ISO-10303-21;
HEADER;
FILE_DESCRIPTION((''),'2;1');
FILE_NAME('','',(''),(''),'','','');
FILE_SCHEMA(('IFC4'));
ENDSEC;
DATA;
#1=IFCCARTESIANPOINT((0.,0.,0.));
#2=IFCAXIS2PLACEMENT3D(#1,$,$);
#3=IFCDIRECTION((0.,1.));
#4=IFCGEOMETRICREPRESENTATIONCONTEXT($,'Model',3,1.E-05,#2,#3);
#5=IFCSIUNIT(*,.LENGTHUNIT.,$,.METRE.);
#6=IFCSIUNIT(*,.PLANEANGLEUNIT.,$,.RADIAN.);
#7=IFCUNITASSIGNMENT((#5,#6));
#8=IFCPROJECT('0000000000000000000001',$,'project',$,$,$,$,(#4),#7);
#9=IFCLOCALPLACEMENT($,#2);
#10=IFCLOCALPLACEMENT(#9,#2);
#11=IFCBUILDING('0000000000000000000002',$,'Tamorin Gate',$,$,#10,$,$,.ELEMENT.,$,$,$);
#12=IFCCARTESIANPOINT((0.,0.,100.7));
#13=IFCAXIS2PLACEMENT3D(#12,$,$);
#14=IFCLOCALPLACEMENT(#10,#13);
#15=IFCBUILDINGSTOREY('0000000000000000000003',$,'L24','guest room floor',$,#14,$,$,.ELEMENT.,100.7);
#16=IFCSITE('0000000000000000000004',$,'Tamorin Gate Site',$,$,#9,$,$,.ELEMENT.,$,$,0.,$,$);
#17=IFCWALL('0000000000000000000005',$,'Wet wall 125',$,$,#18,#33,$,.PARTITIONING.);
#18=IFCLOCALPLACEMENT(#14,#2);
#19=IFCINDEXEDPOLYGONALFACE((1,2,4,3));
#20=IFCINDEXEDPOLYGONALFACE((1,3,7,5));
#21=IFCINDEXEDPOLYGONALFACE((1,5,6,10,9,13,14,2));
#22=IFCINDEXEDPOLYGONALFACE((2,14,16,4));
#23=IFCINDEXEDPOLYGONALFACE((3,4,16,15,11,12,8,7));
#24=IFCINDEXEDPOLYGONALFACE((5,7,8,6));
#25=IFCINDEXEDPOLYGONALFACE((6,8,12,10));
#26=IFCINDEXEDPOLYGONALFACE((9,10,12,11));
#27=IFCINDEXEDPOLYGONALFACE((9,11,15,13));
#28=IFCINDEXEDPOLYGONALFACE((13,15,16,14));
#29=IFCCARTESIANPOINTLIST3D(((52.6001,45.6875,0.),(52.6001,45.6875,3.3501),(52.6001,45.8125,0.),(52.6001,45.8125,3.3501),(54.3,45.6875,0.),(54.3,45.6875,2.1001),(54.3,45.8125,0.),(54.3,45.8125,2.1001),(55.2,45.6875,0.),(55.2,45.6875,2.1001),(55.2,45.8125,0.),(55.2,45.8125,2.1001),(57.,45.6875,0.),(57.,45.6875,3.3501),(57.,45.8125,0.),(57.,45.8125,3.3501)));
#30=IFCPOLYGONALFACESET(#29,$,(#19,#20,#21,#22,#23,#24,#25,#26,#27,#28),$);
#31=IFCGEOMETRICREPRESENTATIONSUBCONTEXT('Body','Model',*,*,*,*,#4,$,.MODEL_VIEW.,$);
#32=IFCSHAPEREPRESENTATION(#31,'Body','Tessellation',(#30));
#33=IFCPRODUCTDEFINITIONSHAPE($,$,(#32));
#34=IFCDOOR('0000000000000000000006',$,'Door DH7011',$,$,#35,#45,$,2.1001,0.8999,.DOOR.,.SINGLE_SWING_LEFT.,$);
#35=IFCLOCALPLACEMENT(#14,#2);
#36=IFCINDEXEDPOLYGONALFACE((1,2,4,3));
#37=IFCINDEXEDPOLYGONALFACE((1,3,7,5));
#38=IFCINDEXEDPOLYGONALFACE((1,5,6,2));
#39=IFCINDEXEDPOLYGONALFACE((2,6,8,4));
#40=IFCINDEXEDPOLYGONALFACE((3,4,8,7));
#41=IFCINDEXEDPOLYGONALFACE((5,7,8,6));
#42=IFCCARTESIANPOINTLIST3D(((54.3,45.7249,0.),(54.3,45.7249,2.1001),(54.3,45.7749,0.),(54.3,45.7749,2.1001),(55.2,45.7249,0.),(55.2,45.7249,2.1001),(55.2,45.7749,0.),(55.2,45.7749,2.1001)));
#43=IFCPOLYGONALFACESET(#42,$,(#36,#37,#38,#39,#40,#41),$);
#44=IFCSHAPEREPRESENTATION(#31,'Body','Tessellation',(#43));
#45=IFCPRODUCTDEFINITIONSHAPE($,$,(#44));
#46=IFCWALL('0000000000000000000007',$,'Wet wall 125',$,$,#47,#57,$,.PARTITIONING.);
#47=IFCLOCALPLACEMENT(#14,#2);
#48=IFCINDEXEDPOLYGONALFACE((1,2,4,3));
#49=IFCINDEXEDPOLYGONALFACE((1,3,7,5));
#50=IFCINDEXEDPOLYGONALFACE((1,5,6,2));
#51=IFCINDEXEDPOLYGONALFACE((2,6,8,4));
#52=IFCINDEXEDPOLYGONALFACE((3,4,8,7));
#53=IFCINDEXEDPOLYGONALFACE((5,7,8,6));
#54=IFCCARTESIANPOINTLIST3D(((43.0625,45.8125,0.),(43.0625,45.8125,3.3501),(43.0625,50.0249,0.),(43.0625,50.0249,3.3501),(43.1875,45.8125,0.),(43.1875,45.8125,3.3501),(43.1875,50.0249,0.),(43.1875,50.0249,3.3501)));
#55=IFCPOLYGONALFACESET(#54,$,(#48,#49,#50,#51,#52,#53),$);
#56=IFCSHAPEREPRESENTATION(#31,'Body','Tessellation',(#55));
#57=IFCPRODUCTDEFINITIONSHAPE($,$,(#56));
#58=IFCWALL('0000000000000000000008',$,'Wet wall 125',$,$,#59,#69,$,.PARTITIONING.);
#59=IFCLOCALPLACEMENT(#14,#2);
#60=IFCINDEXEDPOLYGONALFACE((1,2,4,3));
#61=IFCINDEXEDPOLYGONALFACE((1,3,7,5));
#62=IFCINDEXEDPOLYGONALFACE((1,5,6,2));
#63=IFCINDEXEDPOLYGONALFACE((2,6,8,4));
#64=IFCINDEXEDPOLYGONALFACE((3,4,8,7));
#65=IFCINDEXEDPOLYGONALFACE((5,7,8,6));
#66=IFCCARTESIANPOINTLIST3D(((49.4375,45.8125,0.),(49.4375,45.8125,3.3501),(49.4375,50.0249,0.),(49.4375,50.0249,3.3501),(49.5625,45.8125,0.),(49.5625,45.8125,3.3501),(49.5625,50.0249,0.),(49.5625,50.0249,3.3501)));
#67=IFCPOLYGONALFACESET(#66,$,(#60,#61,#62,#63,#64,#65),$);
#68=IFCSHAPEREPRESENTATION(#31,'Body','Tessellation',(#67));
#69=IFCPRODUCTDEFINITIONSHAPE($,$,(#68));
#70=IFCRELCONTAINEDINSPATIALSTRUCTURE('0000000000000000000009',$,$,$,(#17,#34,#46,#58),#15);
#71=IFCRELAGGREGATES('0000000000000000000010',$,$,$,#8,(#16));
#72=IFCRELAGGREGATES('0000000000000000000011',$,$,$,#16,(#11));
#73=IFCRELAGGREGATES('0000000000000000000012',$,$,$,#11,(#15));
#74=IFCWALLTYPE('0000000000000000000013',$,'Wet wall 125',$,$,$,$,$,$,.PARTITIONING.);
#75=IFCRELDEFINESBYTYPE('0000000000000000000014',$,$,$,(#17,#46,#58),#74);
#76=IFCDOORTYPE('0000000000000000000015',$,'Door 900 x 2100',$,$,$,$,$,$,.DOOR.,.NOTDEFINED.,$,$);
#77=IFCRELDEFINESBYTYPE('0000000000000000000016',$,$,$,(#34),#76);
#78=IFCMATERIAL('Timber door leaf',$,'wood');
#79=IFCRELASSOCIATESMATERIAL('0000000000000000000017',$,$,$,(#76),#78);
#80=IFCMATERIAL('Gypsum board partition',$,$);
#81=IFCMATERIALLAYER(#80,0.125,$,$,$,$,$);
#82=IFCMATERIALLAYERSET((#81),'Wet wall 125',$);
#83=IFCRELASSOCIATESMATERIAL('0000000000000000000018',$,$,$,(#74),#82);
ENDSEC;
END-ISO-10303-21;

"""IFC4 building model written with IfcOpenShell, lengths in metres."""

from ifc_helpers import new_model, si_unit, direction, frame, frame_2d, origin, place, context, subcontext, project, spatial, rectangle, extrude, material, layer, layer_set, type_object, element, fill, save


model = new_model("IFC4")

# Units and contexts
model_context = context("Model", 3, precision=1e-05, world=origin(), true_north=direction((0.0, 1.0)))
body_context = subcontext(model_context, "Body", "Model", "MODEL_VIEW")
ifc_project = project(units=[si_unit("LENGTHUNIT", "METRE"), si_unit("PLANEANGLEUNIT", "RADIAN")], contexts=[model_context])

# Site, building, storey
site_placement = place(None, origin())
site = spatial("IfcSite", under=ifc_project, at=site_placement, Name="Tamorin Gate Site", CompositionType="ELEMENT", RefElevation=0.0)
building_placement = place(site_placement, origin())
building = spatial("IfcBuilding", under=site, at=building_placement, Name="Tamorin Gate", CompositionType="ELEMENT")
storey_placement = place(building_placement, frame((0.0, 0.0, 100.7)))
storey = spatial("IfcBuildingStorey", under=building, at=storey_placement, Name="L24", Description="guest room floor", CompositionType="ELEMENT", Elevation=100.7)

# Shared definitions
ifc_material_1 = material(Name="Gypsum board partition")

# Shared definitions
ifc_material_2 = material(Name="Timber door leaf", Category="wood")
door_type = type_object("IfcDoorType", Name="Door 900 x 2100", OperationType="NOTDEFINED", PredefinedType="DOOR", material=ifc_material_2)

# Wall, opening, door
ifc_layer_1 = layer(ifc_material_1, 0.125)
ifc_layer_set_1 = layer_set([ifc_layer_1], Name="Wet wall 125")
wall_type_1 = type_object("IfcWallType", Name="Wet wall 125", PredefinedType="PARTITIONING", material=ifc_layer_set_1)
wall_1_placement = place(storey_placement, frame((52.6001, 45.75, 0.0), z_axis=(0.0, 0.0, 1.0), x_axis=(1.0, 0.0, 0.0)))
wall_1 = element("IfcWall", 1, at=wall_1_placement, inside=storey, type_object=wall_type_1, Name="Wet wall 125", PredefinedType="PARTITIONING", context=body_context, shape_type="SweptSolid", body=[
    extrude(rectangle(XDim=4.3999, YDim=0.125, at=frame_2d((2.2, 0.0))), origin(), (0.0, 0.0, 1.0), 3.3501),
])
opening_1_placement = place(wall_1_placement, frame((1.7, 0.0, 0.0)))
opening_1 = element("IfcOpeningElement", 2, at=opening_1_placement, cuts=wall_1, PredefinedType="OPENING", context=body_context, shape_type="SweptSolid", body=[
    extrude(rectangle(XDim=0.8999, YDim=2.1001, at=frame_2d((0.45, 1.05))), frame((0.0, 0.0725, 0.0), z_axis=(0.0, -1.0, 0.0), x_axis=(1.0, 0.0, 0.0)), (0.0, 0.0, 1.0), 0.145),
])
door_1_placement = place(opening_1_placement, origin())
door_1 = element("IfcDoor", 3, at=door_1_placement, inside=storey, type_object=door_type, Name="Door DH7011", OperationType="SINGLE_SWING_LEFT", OverallHeight=2.1001, OverallWidth=0.8999, PredefinedType="DOOR", context=body_context, shape_type="SweptSolid", body=[
    extrude(rectangle(XDim=0.8999, YDim=2.1001, at=frame_2d((0.45, 1.05))), frame((0.0, 0.0249, 0.0), z_axis=(0.0, -1.0, 0.0), x_axis=(1.0, 0.0, 0.0)), (0.0, 0.0, 1.0), 0.05),
])
fill(opening_1, door_1)

# Walls
for number, where, z_axis, x_axis, name in (
    (4, (43.125, 45.8125, 0.0), (0.0, 0.0, 1.0), (0.0, 1.0, 0.0), "Wet wall 125"),
    (5, (49.5, 45.8125, 0.0), (0.0, 0.0, 1.0), (0.0, 1.0, 0.0), "Wet wall 125"),
):
    element("IfcWall", number, at=place(storey_placement, frame(where, z_axis=z_axis, x_axis=x_axis)), inside=storey, type_object=wall_type_1, Name=name, PredefinedType="PARTITIONING", context=body_context, shape_type="SweptSolid", body=[
        extrude(rectangle(XDim=4.2124, YDim=0.125, at=frame_2d((2.1062, 0.0))), origin(), (0.0, 0.0, 1.0), 3.3501),
    ])

save(model, "model.ifc")
